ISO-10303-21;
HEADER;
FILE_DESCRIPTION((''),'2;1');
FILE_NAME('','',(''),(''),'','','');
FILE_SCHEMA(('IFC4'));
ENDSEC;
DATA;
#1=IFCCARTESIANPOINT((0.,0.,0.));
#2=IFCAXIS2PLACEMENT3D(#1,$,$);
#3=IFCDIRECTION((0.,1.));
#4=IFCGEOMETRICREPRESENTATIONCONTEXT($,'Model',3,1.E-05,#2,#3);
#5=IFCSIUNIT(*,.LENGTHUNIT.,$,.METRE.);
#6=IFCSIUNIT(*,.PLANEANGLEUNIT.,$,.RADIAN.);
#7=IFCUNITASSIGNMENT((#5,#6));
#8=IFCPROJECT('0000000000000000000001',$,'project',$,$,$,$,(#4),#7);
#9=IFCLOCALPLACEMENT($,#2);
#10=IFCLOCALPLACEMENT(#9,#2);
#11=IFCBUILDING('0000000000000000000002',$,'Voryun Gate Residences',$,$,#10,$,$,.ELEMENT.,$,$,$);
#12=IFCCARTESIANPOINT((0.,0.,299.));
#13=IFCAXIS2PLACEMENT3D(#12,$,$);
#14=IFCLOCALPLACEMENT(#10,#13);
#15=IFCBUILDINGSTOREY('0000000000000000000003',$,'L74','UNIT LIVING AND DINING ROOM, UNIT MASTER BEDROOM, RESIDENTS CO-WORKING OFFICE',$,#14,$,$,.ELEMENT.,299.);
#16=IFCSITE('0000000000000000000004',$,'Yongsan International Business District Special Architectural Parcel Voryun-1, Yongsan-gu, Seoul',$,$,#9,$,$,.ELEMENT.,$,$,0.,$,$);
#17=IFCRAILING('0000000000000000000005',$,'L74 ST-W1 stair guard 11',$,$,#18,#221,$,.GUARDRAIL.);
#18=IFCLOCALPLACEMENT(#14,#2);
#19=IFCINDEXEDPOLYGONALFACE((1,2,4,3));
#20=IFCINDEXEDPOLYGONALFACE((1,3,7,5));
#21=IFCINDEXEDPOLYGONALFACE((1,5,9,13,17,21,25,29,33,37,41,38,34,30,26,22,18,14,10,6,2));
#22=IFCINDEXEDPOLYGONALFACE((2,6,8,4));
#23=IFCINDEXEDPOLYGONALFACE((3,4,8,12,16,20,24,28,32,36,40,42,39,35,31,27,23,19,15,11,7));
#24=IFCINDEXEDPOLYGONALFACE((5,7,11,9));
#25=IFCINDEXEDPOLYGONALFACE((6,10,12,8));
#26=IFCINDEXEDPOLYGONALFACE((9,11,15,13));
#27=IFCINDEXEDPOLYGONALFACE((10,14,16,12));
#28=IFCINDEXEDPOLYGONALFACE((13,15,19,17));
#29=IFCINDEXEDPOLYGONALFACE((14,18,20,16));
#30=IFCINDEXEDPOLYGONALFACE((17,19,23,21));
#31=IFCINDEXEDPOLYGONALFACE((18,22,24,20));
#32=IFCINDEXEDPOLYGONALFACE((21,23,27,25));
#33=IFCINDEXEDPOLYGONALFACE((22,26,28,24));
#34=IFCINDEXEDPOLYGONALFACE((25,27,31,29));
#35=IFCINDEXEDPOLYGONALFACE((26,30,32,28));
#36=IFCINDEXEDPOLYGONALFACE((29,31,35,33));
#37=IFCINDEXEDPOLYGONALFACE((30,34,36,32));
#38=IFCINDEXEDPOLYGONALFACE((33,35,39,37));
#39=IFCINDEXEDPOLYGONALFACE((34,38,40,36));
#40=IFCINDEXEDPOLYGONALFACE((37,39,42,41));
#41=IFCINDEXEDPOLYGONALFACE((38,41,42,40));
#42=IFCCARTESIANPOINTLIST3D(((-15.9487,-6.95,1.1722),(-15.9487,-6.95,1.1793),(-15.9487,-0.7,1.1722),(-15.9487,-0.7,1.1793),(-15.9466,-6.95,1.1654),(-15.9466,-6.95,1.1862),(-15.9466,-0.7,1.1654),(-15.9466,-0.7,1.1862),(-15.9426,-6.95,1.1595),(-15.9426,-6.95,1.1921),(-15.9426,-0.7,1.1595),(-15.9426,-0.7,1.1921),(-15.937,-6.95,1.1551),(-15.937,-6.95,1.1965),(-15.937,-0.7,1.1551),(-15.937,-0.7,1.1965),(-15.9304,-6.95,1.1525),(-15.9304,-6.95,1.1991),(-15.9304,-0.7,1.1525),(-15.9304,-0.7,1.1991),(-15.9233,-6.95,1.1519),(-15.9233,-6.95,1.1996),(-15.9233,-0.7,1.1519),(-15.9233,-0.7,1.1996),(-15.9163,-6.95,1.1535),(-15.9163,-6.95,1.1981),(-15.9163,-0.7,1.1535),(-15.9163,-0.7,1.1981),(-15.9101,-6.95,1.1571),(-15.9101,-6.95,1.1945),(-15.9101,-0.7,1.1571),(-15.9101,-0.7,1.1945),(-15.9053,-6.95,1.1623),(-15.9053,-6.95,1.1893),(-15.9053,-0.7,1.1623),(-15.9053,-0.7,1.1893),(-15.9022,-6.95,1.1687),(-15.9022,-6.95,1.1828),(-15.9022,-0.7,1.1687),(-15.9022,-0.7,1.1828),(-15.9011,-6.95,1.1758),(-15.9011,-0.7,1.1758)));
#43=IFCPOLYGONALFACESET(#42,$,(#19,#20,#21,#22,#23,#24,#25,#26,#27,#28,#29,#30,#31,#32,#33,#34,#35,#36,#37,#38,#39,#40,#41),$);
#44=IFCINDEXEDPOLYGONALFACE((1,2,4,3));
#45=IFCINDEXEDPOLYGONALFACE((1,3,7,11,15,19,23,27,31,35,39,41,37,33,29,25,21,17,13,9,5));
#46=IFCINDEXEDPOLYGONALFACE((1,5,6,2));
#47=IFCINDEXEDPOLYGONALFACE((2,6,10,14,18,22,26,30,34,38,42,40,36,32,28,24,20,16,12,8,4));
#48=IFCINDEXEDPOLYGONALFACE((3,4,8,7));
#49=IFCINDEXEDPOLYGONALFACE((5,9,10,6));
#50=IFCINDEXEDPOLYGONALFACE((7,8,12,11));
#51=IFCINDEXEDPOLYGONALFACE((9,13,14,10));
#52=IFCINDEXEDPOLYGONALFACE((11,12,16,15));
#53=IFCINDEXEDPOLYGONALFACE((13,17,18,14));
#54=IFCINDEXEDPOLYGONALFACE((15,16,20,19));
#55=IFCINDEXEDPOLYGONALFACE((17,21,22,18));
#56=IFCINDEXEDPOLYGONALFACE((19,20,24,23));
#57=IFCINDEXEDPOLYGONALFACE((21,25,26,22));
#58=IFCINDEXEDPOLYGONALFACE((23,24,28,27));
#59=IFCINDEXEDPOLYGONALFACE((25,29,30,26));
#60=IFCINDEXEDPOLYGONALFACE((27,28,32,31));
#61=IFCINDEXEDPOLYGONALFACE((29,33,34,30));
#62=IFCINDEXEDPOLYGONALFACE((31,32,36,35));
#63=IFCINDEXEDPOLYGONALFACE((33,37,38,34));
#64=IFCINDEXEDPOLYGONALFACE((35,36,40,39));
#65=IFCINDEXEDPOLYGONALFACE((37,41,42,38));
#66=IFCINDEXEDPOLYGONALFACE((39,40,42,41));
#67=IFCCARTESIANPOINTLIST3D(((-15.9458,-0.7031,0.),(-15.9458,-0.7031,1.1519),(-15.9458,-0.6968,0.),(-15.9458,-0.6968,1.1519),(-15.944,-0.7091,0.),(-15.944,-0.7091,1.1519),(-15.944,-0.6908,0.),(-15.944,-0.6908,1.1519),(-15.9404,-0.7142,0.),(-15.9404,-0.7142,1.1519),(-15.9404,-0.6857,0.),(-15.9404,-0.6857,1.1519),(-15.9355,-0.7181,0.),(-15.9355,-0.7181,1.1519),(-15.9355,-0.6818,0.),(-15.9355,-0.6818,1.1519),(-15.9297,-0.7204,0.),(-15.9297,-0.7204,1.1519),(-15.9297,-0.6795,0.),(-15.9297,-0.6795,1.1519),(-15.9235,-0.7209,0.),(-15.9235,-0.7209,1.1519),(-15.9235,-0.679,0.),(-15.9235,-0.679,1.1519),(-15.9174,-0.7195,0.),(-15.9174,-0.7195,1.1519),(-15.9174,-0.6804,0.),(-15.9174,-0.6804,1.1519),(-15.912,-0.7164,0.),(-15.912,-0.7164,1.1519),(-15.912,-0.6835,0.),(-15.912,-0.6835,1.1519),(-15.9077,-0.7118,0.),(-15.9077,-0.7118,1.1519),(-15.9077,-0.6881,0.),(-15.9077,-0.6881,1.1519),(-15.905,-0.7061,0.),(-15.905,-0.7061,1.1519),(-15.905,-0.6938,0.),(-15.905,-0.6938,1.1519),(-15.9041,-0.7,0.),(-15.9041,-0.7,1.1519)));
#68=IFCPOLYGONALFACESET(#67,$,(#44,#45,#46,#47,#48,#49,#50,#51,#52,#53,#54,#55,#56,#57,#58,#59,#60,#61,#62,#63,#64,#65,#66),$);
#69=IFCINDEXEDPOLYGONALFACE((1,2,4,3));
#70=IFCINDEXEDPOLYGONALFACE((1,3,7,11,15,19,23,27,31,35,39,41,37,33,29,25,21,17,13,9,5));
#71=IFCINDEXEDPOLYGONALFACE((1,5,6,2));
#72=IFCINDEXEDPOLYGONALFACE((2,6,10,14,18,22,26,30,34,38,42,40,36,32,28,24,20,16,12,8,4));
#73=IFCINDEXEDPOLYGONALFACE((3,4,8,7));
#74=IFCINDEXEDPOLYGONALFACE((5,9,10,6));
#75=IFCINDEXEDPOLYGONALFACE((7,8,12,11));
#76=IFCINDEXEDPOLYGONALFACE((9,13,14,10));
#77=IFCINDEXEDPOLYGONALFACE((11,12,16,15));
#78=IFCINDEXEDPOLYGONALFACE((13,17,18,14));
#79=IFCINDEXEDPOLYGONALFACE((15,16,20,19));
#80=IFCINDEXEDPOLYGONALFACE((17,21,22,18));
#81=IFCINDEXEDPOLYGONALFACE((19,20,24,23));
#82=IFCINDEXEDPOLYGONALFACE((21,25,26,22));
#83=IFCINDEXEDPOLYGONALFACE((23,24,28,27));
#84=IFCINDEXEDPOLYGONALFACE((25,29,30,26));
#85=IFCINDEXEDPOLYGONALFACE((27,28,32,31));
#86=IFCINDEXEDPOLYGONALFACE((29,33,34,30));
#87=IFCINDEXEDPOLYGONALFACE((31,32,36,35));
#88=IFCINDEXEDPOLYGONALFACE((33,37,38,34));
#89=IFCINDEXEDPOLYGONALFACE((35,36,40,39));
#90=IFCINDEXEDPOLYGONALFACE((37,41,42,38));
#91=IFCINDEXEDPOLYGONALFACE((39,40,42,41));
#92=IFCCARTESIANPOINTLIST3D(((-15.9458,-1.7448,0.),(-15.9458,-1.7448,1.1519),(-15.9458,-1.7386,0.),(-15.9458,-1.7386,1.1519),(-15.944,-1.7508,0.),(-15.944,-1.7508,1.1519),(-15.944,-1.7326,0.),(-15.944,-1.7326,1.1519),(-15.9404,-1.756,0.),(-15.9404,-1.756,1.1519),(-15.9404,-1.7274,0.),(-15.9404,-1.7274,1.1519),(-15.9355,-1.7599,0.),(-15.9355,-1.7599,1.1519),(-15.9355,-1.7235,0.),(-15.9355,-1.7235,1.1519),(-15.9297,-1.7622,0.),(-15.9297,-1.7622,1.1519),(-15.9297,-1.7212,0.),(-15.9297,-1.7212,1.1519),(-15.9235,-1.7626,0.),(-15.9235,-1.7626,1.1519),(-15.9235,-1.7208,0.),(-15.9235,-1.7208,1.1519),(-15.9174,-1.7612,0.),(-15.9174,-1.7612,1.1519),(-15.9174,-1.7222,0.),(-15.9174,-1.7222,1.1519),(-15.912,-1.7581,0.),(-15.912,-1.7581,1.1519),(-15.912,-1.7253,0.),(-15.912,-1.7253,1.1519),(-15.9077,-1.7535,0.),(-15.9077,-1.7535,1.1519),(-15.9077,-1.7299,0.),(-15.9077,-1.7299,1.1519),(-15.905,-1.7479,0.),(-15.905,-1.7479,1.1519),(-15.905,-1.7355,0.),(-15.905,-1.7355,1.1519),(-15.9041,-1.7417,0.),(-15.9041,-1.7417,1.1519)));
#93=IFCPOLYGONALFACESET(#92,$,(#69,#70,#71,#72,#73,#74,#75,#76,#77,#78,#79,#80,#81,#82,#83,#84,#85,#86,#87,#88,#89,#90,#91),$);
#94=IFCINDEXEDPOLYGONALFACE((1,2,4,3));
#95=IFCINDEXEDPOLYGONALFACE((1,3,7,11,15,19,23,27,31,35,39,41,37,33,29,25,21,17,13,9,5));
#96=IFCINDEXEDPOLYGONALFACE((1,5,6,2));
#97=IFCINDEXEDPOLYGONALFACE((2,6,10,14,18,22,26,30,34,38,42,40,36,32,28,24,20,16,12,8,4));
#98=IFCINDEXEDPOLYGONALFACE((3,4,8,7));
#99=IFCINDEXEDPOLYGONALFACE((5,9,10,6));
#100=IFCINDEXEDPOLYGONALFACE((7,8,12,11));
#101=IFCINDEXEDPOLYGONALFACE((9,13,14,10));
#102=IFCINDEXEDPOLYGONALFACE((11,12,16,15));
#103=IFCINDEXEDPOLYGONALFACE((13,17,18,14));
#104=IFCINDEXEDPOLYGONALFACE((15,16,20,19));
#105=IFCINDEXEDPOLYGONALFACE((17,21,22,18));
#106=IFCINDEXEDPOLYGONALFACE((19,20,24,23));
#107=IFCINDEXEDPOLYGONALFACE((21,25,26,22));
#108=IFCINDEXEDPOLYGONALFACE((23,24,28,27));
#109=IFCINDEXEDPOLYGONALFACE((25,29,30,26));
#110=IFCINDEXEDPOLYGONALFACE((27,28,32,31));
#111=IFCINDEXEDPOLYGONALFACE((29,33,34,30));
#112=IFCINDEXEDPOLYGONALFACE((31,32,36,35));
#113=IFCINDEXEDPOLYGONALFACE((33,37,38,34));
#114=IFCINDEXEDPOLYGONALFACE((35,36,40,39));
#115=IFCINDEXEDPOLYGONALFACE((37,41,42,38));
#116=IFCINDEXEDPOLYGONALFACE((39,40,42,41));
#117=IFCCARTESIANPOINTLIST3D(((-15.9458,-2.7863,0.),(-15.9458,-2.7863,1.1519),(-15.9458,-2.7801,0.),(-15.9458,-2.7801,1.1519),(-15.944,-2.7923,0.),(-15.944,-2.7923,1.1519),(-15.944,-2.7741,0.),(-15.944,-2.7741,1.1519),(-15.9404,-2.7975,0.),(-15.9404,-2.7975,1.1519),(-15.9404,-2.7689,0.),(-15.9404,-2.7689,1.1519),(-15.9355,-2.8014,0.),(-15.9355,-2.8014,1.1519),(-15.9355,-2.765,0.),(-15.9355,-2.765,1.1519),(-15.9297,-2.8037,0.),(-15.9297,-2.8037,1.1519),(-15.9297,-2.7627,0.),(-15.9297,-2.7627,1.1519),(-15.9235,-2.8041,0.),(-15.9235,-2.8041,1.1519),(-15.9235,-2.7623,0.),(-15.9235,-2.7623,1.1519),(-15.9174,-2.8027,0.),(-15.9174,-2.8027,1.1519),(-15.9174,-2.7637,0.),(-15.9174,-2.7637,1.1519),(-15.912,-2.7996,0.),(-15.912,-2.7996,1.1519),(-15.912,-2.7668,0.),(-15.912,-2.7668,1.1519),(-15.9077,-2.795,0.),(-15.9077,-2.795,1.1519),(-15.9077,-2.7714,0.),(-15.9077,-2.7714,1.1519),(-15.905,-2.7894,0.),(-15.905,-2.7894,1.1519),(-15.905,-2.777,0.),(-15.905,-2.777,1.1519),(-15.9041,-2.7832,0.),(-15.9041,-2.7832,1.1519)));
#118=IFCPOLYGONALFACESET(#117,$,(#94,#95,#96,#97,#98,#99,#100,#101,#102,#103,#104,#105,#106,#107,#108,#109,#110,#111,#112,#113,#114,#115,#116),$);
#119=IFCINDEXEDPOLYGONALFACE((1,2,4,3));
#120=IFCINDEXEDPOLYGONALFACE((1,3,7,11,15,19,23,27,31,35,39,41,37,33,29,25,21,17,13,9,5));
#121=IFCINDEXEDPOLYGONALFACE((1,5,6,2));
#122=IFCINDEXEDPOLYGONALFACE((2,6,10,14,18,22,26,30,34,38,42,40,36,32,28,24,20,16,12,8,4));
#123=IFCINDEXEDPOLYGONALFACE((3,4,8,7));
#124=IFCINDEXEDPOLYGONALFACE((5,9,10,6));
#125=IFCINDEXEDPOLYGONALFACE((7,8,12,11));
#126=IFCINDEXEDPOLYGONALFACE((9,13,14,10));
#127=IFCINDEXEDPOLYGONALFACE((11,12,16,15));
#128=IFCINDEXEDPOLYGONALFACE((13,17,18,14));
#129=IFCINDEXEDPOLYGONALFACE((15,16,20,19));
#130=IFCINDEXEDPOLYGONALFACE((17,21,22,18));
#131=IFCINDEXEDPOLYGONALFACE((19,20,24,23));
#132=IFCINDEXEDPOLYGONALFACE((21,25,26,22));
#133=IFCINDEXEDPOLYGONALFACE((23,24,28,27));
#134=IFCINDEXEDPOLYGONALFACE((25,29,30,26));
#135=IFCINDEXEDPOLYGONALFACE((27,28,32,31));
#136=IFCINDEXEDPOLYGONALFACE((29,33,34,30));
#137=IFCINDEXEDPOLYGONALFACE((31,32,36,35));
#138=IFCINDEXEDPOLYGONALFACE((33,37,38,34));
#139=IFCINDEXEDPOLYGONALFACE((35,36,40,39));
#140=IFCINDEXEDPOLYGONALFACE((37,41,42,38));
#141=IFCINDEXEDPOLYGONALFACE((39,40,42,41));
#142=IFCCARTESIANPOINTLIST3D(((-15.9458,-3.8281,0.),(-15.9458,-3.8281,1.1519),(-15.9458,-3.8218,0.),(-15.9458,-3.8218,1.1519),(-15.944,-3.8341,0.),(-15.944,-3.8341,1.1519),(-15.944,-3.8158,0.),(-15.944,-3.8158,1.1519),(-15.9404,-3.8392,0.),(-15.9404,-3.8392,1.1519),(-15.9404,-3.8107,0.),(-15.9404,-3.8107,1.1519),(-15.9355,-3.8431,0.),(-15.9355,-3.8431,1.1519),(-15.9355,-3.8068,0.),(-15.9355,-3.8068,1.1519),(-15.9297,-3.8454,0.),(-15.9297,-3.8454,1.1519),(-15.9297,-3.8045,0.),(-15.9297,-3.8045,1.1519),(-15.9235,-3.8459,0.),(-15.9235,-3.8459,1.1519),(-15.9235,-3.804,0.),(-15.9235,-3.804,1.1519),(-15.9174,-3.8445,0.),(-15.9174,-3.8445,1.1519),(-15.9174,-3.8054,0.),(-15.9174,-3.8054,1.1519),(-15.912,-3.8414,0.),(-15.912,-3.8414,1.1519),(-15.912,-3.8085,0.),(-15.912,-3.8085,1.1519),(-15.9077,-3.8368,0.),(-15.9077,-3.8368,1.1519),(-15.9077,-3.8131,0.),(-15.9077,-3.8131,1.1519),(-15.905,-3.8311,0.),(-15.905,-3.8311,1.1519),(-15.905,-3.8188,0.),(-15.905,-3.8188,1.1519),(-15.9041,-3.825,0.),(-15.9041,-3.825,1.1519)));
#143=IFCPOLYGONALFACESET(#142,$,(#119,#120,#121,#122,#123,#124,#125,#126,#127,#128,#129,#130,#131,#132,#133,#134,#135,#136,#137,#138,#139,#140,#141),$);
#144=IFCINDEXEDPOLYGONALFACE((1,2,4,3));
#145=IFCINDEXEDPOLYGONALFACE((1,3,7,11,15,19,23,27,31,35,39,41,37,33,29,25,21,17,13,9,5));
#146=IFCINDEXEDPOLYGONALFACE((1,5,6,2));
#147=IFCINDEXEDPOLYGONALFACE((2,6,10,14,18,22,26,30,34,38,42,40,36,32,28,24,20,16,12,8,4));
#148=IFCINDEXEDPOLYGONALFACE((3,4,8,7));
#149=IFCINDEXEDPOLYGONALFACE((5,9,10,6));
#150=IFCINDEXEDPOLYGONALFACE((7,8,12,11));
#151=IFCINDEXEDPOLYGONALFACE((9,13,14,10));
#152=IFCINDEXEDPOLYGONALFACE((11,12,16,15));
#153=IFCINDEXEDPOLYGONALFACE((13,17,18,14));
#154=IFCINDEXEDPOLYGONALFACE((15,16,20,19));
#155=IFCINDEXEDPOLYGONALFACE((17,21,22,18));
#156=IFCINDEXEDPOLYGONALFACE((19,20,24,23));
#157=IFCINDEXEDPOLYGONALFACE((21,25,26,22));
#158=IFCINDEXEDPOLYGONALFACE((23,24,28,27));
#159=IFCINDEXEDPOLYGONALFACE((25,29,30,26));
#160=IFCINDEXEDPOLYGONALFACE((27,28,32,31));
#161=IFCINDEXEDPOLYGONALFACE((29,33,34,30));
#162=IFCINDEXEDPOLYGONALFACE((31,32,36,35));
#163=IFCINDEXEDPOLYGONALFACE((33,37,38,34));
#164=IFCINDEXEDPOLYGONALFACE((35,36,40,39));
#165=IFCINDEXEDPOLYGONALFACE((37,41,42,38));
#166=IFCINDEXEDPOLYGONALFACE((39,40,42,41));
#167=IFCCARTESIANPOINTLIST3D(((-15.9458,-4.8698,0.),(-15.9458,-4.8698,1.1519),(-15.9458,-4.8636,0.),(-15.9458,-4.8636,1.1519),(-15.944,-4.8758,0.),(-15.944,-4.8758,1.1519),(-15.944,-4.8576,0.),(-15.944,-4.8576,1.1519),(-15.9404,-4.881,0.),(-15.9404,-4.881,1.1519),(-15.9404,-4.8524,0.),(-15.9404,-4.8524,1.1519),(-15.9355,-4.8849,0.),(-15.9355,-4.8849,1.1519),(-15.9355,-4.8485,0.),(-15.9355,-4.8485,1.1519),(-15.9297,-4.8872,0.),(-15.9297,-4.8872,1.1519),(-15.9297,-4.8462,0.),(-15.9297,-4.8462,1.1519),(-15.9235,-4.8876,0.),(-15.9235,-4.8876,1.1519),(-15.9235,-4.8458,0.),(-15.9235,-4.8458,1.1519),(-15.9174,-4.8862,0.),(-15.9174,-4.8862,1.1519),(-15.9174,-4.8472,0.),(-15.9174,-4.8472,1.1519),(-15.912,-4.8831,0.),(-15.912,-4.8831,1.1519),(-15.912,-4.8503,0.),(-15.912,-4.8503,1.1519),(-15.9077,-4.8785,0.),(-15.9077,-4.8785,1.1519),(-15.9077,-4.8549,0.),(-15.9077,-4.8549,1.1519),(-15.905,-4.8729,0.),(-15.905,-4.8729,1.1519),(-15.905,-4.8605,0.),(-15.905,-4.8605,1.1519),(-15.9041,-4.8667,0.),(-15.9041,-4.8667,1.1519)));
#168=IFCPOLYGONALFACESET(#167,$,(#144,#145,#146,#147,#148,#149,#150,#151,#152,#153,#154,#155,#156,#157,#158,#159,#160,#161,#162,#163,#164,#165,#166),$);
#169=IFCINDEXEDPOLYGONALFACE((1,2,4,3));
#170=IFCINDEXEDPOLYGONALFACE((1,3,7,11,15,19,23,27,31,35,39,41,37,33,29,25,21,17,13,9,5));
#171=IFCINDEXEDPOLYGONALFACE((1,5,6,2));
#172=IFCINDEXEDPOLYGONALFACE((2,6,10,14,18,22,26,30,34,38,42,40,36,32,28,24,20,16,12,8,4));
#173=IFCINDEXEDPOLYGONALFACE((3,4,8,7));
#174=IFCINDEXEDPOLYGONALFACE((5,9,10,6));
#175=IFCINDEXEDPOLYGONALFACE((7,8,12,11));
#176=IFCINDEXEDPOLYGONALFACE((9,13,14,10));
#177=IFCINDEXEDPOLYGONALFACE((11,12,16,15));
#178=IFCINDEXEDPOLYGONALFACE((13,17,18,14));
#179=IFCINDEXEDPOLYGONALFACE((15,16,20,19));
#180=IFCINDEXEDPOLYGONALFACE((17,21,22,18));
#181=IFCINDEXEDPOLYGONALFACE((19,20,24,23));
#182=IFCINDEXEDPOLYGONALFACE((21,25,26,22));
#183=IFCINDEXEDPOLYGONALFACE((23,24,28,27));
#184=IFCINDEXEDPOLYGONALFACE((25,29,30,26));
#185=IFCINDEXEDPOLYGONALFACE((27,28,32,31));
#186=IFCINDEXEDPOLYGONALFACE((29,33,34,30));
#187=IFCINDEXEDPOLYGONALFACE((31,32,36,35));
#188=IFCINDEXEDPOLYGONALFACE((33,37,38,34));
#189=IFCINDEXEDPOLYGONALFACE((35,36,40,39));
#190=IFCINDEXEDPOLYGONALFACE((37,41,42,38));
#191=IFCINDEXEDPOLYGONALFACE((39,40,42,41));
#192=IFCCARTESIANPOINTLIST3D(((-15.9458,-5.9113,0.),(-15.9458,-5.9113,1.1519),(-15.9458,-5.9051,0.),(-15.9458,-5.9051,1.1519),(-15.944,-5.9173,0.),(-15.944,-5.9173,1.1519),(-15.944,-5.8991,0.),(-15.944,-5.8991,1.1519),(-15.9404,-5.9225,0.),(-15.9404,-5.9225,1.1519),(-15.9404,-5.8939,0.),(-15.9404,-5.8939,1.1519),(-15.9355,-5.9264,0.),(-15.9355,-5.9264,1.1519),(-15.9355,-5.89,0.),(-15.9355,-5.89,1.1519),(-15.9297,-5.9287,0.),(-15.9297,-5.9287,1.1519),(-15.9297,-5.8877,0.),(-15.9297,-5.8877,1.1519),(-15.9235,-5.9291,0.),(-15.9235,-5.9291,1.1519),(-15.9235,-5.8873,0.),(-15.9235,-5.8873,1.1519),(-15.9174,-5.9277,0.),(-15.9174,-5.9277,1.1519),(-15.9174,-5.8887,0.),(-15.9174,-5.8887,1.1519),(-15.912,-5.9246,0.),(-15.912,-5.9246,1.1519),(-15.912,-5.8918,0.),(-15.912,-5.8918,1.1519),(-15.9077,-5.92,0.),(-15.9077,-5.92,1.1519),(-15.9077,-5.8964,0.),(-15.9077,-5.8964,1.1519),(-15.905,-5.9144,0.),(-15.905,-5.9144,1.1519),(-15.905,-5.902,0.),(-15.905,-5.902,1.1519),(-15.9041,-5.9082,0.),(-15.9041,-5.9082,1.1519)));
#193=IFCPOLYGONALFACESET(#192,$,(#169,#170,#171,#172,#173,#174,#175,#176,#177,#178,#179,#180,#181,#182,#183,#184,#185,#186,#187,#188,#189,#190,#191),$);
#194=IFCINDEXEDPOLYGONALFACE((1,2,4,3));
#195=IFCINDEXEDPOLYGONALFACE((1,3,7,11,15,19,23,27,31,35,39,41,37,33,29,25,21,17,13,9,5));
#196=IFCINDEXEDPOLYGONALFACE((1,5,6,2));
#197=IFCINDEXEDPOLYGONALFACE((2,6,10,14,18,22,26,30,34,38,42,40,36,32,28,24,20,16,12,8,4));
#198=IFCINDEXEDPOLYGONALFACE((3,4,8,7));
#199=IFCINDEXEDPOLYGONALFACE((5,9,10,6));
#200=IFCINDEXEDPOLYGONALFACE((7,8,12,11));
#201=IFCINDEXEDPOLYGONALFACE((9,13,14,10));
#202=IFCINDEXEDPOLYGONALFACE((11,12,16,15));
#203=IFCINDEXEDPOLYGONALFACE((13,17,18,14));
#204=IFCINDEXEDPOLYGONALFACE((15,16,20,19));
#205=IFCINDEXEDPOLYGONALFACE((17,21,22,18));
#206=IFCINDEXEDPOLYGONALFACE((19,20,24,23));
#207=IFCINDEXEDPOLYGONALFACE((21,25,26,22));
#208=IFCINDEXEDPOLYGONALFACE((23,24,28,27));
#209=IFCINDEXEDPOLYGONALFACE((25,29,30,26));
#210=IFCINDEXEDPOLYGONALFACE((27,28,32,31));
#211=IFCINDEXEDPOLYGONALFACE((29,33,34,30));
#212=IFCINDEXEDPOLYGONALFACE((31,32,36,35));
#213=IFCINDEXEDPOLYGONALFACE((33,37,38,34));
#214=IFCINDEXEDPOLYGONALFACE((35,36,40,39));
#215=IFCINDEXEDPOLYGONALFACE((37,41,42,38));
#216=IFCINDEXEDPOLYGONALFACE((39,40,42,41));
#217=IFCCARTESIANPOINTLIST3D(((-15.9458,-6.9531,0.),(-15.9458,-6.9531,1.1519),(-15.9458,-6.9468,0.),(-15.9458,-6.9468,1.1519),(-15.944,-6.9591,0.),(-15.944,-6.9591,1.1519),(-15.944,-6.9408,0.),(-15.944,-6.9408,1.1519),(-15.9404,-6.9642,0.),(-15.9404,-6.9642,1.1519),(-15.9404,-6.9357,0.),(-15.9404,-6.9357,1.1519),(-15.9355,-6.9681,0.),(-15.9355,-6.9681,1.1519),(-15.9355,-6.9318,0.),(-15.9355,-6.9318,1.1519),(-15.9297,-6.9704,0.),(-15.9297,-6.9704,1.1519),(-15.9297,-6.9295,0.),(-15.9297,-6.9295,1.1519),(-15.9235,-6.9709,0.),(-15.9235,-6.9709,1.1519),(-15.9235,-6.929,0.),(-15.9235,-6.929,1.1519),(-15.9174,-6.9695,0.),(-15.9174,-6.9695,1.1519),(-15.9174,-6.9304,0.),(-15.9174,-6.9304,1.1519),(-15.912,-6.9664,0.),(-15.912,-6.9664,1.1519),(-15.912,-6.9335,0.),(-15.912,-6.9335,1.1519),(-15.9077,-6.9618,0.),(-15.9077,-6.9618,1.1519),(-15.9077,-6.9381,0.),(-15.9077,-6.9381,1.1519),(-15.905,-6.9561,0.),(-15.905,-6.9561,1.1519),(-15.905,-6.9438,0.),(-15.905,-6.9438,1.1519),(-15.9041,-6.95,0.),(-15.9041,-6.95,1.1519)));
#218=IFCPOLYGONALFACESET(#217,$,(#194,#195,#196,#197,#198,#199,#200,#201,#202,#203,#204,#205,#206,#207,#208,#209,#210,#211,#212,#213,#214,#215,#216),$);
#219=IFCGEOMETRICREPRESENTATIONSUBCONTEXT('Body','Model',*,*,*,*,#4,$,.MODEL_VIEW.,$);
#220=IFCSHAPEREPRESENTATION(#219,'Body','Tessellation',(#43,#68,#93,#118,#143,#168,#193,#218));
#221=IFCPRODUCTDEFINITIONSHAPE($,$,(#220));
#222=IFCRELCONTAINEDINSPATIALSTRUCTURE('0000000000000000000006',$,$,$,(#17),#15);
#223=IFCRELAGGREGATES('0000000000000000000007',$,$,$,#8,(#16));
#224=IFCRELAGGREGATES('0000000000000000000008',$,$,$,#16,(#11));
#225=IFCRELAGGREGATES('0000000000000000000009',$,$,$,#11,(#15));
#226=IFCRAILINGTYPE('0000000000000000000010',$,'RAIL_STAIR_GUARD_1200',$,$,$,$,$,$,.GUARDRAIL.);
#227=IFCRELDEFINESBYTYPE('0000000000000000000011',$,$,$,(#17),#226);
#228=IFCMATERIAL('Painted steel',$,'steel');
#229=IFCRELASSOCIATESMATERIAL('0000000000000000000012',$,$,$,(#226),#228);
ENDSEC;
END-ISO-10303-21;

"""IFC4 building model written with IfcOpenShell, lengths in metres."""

from ifc_helpers import new_model, si_unit, direction, frame, origin, origin_2d, place, context, subcontext, project, spatial, circle, extrude, material, type_object, element, save


model = new_model("IFC4")

# Units and contexts
model_context = context("Model", 3, precision=1e-05, world=origin(), true_north=direction((0.0, 1.0)))
body_context = subcontext(model_context, "Body", "Model", "MODEL_VIEW")
ifc_project = project(units=[si_unit("LENGTHUNIT", "METRE"), si_unit("PLANEANGLEUNIT", "RADIAN")], contexts=[model_context])

# Site, building, storey
site_placement = place(None, origin())
site = spatial("IfcSite", under=ifc_project, at=site_placement, Name="Yongsan International Business District Special Architectural Parcel Voryun-1, Yongsan-gu, Seoul", CompositionType="ELEMENT", RefElevation=0.0)
building_placement = place(site_placement, origin())
building = spatial("IfcBuilding", under=site, at=building_placement, Name="Voryun Gate Residences", CompositionType="ELEMENT")
storey_placement = place(building_placement, frame((0.0, 0.0, 299.0)))
storey = spatial("IfcBuildingStorey", under=building, at=storey_placement, Name="L74", Description="UNIT LIVING AND DINING ROOM, UNIT MASTER BEDROOM, RESIDENTS CO-WORKING OFFICE", CompositionType="ELEMENT", Elevation=299.0)

# Railing
ifc_material_1 = material(Name="Painted steel", Category="steel")
railing_type = type_object("IfcRailingType", Name="RAIL_STAIR_GUARD_1200", PredefinedType="GUARDRAIL", material=ifc_material_1)
railing_placement = place(storey_placement, frame((-15.925, -0.7, 0.0)))
element("IfcRailing", 1, at=railing_placement, inside=storey, type_object=railing_type, Name="L74 ST-W1 stair guard 11", PredefinedType="GUARDRAIL", context=body_context, shape_type="SweptSolid", body=[
    extrude(circle(Radius=0.0239, at=origin_2d()), frame((0.0, 0.0, 1.1758), z_axis=(0.0, -1.0, 0.0), x_axis=(1.0, 0.0, 0.0)), (0.0, 0.0, 1.0), 6.25),
    extrude(circle(Radius=0.021, at=origin_2d()), origin(), (0.0, 0.0, 1.0), 1.1519),
    extrude(circle(Radius=0.021, at=origin_2d()), frame((0.0, -1.0417, 0.0)), (0.0, 0.0, 1.0), 1.1519),
    extrude(circle(Radius=0.021, at=origin_2d()), frame((0.0, -2.0833, 0.0)), (0.0, 0.0, 1.0), 1.1519),
    extrude(circle(Radius=0.021, at=origin_2d()), frame((0.0, -3.125, 0.0)), (0.0, 0.0, 1.0), 1.1519),
    extrude(circle(Radius=0.021, at=origin_2d()), frame((0.0, -4.1667, 0.0)), (0.0, 0.0, 1.0), 1.1519),
    extrude(circle(Radius=0.021, at=origin_2d()), frame((0.0, -5.2083, 0.0)), (0.0, 0.0, 1.0), 1.1519),
    extrude(circle(Radius=0.021, at=origin_2d()), frame((0.0, -6.25, 0.0)), (0.0, 0.0, 1.0), 1.1519),
])

save(model, "model.ifc")
